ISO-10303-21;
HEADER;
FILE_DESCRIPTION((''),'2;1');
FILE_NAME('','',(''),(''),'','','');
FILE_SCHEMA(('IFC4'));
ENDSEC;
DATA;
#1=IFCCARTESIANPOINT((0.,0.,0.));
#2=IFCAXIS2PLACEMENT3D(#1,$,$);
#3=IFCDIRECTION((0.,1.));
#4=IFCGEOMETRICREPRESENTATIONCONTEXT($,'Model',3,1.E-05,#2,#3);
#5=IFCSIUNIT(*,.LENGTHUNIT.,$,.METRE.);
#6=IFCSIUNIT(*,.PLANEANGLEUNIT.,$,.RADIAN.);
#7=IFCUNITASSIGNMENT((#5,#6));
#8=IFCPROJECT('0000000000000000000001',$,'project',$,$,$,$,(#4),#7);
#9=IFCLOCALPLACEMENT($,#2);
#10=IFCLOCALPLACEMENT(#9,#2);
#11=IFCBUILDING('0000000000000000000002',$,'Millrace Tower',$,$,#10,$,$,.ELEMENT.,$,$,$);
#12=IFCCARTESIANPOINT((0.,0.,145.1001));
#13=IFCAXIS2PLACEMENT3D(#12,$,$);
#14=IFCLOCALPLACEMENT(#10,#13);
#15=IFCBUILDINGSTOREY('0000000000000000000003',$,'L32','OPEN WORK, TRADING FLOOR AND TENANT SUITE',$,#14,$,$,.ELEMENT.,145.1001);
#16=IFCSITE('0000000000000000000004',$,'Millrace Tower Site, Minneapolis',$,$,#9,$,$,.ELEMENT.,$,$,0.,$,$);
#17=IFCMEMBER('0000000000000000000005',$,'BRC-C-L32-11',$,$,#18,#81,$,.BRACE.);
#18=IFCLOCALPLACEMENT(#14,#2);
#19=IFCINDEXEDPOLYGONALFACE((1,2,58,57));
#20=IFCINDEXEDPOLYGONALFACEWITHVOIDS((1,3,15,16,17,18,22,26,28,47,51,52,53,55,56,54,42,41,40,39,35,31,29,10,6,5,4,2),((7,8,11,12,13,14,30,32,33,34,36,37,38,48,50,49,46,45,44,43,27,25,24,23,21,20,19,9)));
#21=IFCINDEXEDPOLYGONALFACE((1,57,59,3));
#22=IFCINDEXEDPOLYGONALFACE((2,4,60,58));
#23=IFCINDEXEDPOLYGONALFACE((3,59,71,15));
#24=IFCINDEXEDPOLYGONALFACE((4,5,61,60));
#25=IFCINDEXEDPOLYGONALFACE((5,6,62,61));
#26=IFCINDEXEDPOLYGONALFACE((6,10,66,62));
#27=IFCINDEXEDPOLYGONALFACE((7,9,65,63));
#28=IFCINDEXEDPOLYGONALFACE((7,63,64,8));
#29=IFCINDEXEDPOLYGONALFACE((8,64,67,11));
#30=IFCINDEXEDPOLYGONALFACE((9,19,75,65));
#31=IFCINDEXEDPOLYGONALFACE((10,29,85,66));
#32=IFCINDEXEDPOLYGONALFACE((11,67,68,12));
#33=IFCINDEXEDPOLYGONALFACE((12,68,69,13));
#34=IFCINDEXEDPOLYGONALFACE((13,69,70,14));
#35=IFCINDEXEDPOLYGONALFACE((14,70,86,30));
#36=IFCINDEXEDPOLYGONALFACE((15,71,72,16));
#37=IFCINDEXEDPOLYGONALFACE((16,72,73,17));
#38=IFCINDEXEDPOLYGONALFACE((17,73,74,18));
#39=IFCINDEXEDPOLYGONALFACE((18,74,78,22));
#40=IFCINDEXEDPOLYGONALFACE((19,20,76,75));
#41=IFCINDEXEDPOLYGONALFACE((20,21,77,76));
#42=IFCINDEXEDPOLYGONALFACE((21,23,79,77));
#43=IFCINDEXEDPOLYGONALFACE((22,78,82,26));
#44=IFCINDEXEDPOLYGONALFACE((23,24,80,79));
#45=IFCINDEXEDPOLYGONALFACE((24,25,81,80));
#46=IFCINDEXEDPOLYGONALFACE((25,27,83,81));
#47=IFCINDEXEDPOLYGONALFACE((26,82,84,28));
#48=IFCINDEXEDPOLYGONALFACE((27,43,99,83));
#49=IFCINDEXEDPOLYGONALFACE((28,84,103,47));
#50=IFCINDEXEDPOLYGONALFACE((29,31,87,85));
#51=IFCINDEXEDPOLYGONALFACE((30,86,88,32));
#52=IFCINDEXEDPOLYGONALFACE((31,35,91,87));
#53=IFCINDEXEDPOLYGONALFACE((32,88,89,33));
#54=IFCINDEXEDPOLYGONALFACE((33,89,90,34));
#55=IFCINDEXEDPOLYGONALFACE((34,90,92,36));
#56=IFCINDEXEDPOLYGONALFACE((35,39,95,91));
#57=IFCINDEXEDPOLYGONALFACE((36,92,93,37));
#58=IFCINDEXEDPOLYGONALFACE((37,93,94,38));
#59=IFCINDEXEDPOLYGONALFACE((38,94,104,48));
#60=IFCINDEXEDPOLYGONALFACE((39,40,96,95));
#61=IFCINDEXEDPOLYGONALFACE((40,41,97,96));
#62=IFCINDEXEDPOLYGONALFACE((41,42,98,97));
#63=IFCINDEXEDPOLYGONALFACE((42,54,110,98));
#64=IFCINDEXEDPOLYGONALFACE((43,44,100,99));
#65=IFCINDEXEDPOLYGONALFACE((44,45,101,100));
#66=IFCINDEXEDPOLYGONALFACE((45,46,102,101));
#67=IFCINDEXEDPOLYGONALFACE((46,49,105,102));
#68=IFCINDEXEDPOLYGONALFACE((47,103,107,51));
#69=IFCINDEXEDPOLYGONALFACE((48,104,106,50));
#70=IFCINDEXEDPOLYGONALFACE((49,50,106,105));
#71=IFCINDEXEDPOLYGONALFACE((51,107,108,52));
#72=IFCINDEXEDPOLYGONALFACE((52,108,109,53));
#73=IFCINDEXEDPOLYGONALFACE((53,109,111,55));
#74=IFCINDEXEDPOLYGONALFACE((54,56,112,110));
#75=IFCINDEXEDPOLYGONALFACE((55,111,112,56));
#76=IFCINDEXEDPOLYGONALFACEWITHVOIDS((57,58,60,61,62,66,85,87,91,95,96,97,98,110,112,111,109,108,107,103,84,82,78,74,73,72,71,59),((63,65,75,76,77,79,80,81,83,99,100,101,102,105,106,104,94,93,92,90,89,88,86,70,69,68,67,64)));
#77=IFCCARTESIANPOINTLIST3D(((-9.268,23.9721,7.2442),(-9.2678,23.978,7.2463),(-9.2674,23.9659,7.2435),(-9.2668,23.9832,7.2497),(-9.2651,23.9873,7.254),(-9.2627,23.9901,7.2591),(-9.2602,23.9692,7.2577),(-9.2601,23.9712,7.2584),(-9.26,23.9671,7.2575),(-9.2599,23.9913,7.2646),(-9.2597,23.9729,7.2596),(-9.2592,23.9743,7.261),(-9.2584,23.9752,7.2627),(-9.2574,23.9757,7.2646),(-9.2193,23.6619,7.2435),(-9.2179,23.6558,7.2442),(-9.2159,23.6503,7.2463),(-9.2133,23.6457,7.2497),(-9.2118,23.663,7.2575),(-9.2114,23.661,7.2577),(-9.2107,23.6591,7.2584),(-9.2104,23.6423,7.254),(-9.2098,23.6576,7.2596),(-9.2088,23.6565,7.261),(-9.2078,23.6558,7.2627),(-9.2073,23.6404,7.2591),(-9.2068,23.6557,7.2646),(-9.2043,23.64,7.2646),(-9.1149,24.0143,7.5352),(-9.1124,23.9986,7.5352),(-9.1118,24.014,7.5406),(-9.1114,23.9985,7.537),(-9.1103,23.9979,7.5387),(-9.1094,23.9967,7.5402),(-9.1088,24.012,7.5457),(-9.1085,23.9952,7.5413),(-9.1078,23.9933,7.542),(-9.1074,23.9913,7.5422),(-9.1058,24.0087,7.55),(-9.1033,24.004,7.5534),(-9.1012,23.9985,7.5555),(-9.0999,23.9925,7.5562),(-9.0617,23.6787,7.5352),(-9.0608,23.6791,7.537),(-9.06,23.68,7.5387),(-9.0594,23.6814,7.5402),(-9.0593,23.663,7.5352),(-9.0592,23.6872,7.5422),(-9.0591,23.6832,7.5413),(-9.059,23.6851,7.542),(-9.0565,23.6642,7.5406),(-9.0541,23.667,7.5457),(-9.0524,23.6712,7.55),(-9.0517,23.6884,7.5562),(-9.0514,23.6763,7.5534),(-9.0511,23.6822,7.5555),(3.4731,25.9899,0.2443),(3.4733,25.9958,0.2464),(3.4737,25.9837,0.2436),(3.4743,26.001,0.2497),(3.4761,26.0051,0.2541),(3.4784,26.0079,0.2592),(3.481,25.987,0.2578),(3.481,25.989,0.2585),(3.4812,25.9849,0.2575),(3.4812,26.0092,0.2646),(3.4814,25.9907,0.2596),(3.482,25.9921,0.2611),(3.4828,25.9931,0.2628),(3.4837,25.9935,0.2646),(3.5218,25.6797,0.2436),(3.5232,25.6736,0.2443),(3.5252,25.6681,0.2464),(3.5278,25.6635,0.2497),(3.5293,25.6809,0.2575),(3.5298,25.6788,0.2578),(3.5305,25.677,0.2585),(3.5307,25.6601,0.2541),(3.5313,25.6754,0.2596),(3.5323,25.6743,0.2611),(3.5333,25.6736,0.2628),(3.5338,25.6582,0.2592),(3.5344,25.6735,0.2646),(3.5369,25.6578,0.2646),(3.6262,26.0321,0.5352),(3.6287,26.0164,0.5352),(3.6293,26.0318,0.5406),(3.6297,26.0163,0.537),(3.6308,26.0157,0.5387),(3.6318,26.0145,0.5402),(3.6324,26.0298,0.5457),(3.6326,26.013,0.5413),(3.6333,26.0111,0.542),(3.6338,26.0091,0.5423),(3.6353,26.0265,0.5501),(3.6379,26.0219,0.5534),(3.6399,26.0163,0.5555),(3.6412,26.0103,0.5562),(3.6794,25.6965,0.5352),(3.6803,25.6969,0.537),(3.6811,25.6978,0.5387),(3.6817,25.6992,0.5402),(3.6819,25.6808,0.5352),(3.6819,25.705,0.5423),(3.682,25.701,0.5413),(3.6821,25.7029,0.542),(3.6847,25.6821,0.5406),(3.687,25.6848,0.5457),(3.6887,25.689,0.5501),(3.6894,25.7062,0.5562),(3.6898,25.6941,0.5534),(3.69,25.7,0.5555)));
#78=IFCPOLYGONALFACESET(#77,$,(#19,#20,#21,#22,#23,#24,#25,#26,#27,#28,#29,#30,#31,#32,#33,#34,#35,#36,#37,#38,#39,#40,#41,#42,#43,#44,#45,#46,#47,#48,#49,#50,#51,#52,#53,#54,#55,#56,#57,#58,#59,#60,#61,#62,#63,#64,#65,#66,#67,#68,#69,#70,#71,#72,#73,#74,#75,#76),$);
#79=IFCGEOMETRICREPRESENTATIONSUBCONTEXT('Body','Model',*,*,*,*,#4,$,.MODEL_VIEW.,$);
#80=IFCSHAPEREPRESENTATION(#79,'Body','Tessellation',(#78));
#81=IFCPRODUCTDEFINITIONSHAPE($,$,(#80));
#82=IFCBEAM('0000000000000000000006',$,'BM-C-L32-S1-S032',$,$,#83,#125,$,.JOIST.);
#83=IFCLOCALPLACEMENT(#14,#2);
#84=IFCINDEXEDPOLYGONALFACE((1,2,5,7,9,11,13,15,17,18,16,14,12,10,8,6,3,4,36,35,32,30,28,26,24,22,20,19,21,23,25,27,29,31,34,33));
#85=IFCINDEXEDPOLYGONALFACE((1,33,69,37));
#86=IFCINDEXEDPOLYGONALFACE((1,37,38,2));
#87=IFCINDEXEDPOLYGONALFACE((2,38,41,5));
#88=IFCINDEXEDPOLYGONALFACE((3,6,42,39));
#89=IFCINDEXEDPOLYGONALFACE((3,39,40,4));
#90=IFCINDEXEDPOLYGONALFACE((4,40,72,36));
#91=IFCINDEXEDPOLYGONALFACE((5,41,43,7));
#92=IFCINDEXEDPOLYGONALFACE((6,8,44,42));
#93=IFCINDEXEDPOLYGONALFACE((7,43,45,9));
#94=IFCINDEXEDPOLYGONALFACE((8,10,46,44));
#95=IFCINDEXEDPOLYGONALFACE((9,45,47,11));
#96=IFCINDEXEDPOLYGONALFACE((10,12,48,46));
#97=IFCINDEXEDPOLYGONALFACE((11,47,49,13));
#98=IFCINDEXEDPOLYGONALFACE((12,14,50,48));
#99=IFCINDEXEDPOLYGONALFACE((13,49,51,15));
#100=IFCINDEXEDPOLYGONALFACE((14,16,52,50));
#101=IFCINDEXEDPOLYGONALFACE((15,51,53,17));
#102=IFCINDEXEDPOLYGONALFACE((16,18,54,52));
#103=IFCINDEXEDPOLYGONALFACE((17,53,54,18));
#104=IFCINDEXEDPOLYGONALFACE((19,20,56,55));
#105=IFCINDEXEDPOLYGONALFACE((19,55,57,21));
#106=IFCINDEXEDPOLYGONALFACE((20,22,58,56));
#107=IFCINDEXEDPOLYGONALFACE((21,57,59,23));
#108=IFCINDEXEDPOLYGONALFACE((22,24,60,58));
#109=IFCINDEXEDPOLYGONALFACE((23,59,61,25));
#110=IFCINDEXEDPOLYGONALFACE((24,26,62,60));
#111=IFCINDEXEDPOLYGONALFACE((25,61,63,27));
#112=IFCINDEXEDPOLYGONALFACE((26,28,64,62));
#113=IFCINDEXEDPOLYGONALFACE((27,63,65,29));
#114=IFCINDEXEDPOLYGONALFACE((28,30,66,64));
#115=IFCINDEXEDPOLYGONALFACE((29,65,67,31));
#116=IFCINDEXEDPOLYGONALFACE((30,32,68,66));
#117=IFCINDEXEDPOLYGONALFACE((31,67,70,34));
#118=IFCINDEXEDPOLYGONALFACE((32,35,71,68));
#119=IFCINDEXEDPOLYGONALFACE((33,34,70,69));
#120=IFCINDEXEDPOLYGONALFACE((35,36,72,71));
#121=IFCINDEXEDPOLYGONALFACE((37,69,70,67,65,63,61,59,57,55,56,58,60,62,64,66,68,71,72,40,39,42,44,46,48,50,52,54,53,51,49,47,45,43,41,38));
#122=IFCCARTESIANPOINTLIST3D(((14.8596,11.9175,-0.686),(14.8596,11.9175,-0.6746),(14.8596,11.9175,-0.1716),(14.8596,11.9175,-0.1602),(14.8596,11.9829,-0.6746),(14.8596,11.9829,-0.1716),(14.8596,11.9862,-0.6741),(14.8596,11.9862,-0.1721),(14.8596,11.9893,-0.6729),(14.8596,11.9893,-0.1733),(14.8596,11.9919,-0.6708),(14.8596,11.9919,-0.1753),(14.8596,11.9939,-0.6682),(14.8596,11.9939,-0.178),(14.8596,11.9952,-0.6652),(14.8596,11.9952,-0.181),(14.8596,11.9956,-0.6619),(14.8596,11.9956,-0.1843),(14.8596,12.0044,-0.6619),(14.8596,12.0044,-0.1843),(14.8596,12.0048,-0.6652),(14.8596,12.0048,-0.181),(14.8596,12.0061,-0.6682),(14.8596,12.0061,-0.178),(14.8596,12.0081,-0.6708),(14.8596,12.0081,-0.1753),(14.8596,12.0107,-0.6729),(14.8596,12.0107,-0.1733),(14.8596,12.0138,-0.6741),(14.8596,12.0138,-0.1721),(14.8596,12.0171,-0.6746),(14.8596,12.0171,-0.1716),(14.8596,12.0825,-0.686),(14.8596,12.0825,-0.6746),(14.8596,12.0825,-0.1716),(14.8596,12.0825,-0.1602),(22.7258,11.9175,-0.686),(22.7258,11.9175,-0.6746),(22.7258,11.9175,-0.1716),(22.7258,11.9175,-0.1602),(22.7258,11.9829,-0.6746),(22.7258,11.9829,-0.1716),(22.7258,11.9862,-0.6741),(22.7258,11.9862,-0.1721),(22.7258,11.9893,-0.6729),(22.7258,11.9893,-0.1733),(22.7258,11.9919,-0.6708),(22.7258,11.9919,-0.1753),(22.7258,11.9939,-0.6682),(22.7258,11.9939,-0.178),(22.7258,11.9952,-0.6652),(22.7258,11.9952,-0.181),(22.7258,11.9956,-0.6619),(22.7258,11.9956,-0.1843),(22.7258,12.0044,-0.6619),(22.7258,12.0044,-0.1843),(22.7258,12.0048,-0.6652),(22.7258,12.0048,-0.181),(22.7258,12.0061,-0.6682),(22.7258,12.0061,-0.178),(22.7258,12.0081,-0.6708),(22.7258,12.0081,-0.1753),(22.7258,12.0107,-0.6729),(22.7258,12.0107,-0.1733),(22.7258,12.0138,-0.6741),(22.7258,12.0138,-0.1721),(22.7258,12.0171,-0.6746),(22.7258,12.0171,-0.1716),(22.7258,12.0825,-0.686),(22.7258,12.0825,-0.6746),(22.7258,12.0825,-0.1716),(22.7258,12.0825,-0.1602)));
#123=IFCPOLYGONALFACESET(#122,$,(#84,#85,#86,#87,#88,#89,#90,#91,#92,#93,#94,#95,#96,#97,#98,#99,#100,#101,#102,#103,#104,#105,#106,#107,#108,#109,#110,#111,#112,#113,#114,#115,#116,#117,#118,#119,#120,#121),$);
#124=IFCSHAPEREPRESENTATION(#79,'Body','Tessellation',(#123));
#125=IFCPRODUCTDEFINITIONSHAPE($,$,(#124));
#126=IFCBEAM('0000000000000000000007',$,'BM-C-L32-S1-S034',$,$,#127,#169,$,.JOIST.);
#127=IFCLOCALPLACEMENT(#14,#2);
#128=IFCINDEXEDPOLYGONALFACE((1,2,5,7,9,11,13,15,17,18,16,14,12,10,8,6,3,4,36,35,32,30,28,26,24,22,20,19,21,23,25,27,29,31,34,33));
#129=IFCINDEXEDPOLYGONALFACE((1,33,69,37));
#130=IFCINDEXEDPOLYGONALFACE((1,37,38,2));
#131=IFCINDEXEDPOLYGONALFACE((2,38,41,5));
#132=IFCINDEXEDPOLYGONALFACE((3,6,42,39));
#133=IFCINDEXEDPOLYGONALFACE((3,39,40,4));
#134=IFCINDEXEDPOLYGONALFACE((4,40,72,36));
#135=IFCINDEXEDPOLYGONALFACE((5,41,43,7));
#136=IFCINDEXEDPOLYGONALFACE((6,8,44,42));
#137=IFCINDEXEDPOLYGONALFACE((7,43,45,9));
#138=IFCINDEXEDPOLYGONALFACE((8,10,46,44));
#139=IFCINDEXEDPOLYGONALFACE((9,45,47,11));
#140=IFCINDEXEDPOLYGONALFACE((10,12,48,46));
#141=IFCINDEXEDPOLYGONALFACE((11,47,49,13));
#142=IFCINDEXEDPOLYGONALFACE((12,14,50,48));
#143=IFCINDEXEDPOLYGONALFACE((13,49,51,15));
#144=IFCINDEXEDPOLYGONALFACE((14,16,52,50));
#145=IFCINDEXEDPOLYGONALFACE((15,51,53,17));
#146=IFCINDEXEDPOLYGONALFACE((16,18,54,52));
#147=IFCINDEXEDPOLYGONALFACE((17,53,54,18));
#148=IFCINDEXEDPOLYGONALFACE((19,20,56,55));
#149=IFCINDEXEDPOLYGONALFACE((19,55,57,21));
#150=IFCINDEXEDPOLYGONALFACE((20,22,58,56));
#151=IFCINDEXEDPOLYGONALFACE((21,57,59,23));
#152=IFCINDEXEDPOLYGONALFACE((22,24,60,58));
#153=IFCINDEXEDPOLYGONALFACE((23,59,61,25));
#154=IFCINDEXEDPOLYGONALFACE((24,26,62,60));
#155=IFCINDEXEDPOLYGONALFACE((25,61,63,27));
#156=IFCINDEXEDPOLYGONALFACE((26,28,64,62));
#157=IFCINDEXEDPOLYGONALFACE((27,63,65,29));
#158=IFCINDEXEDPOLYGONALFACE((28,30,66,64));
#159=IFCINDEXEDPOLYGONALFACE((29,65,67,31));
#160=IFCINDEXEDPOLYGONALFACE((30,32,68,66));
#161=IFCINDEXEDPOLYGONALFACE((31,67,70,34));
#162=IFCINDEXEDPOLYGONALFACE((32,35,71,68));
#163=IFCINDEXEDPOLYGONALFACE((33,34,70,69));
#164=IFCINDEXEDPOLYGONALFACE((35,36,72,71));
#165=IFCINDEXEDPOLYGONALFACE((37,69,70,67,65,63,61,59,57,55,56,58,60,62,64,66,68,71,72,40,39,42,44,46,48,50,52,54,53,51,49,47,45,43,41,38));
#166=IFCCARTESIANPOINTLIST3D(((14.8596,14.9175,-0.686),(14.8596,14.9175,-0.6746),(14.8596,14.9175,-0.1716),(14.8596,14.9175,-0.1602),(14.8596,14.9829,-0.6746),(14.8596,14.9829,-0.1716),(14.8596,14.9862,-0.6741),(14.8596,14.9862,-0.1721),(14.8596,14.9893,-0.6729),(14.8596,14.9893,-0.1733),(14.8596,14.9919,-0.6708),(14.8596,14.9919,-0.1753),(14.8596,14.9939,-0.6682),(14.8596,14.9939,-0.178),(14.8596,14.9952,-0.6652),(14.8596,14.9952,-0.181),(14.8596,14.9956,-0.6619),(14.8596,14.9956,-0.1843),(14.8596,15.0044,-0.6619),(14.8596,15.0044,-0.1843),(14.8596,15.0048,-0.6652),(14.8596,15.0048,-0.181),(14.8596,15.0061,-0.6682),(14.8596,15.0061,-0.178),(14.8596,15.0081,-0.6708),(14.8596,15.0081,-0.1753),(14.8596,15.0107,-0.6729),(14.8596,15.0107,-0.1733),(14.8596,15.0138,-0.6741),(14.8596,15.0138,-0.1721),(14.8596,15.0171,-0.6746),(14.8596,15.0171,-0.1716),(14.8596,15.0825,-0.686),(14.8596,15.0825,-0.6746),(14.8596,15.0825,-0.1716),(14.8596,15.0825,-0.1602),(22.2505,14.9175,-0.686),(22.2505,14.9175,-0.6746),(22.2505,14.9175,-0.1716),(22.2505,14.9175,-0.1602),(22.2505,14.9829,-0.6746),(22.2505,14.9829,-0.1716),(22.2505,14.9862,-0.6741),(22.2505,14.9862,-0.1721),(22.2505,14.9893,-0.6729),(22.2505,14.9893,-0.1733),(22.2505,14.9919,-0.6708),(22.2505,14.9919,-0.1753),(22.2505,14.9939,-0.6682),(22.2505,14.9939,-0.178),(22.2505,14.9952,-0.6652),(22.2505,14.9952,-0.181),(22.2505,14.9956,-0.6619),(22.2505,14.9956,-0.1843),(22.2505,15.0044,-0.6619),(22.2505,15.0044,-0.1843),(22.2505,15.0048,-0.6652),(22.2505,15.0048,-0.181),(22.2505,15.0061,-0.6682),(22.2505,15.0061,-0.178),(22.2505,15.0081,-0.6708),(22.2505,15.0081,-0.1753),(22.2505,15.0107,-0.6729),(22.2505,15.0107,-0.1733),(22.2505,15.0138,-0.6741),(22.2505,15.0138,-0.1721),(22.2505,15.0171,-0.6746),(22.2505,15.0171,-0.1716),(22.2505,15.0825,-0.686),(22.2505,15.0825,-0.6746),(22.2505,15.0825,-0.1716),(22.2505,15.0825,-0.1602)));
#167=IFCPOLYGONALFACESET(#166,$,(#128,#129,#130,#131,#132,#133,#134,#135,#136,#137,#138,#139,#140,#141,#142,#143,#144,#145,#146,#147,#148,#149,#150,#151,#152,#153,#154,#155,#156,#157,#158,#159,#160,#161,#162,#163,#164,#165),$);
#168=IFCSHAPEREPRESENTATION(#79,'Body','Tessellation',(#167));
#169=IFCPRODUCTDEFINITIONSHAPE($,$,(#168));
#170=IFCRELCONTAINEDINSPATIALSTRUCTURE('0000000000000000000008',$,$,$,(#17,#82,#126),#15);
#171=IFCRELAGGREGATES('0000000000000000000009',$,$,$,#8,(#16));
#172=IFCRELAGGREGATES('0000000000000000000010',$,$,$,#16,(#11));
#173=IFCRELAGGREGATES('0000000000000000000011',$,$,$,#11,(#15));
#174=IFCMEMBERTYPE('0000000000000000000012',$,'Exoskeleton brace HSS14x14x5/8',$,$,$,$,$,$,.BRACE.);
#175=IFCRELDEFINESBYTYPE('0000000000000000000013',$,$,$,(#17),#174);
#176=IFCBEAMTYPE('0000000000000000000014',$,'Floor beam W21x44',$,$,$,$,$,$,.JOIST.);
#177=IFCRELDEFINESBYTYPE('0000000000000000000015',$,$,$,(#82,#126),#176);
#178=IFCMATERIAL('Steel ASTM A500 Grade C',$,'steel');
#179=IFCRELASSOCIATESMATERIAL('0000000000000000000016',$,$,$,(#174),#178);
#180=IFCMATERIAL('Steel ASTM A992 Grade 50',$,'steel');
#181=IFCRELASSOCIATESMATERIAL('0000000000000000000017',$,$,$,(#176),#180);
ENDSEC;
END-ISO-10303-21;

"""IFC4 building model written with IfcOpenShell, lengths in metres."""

from ifc_helpers import new_model, si_unit, direction, frame, origin, origin_2d, place, context, subcontext, project, spatial, hollow_rectangle, i_section, extrude, material, material_profile, profile_set, type_object, element, save


model = new_model("IFC4")

# Units and contexts
model_context = context("Model", 3, precision=1e-05, world=origin(), true_north=direction((0.0, 1.0)))
body_context = subcontext(model_context, "Body", "Model", "MODEL_VIEW")
ifc_project = project(units=[si_unit("LENGTHUNIT", "METRE"), si_unit("PLANEANGLEUNIT", "RADIAN")], contexts=[model_context])

# Site, building, storey
site_placement = place(None, origin())
site = spatial("IfcSite", under=ifc_project, at=site_placement, Name="Millrace Tower Site, Minneapolis", CompositionType="ELEMENT", RefElevation=0.0)
building_placement = place(site_placement, origin())
building = spatial("IfcBuilding", under=site, at=building_placement, Name="Millrace Tower", CompositionType="ELEMENT")
storey_placement = place(building_placement, frame((0.0, 0.0, 145.1001)))
storey = spatial("IfcBuildingStorey", under=building, at=storey_placement, Name="L32", Description="OPEN WORK, TRADING FLOOR AND TENANT SUITE", CompositionType="ELEMENT", Elevation=145.1001)

# Member
ifc_material_1 = material(Name="Steel ASTM A500 Grade C", Category="steel")
ifc_material_profile_1 = material_profile(ifc_material_1, hollow_rectangle(XDim=0.3557, YDim=0.3557, WallThickness=0.0159, InnerFilletRadius=0.0081, OuterFilletRadius=0.0239, at=origin_2d()))
ifc_profile_set_1 = profile_set([ifc_material_profile_1], Name="Steel ASTM A500 Grade C")
member_type_1 = type_object("IfcMemberType", Name="Exoskeleton brace HSS14x14x5/8", PredefinedType="BRACE", material=ifc_profile_set_1)
member_1_placement = place(storey_placement, frame((3.5815, 25.845, 0.3999), z_axis=(-0.868116, -0.137483, 0.476941), x_axis=(0.15642, -0.987691, 0.0)))
element("IfcMember", 1, at=member_1_placement, inside=storey, type_object=member_type_1, Name="BRC-C-L32-11", PredefinedType="BRACE", context=body_context, shape_type="SweptSolid", body=[
    extrude(hollow_rectangle(XDim=0.3557, YDim=0.3557, WallThickness=0.0159, InnerFilletRadius=0.0081, OuterFilletRadius=0.0239, at=origin_2d()), origin(), (0.0, 0.0, 1.0), 14.6768),
])

# Beams
ifc_material_2 = material(Name="Steel ASTM A992 Grade 50", Category="steel")
ifc_material_profile_2 = material_profile(ifc_material_2, i_section(OverallWidth=0.165, OverallDepth=0.5259, WebThickness=0.0088, FlangeThickness=0.0115, FilletRadius=0.0127, at=origin_2d()))
ifc_profile_set_2 = profile_set([ifc_material_profile_2], Name="Steel ASTM A992 Grade 50")
beam_type_1 = type_object("IfcBeamType", Name="Floor beam W21x44", PredefinedType="JOIST", material=ifc_profile_set_2)
beam_1_placement = place(storey_placement, frame((14.8596, 12.0, -0.4231), z_axis=(1.0, 0.0, 0.0), x_axis=(0.0, 1.0, 0.0)))
element("IfcBeam", 2, at=beam_1_placement, inside=storey, type_object=beam_type_1, Name="BM-C-L32-S1-S032", PredefinedType="JOIST", context=body_context, shape_type="SweptSolid", body=[
    extrude(i_section(OverallWidth=0.165, OverallDepth=0.5259, WebThickness=0.0088, FlangeThickness=0.0115, FilletRadius=0.0127, at=origin_2d()), origin(), (0.0, 0.0, 1.0), 7.8662),
])
beam_2_placement = place(storey_placement, frame((14.8596, 15.0, -0.4231), z_axis=(1.0, 0.0, 0.0), x_axis=(0.0, 1.0, 0.0)))
element("IfcBeam", 3, at=beam_2_placement, inside=storey, type_object=beam_type_1, Name="BM-C-L32-S1-S034", PredefinedType="JOIST", context=body_context, shape_type="SweptSolid", body=[
    extrude(i_section(OverallWidth=0.165, OverallDepth=0.5259, WebThickness=0.0088, FlangeThickness=0.0115, FilletRadius=0.0127, at=origin_2d()), origin(), (0.0, 0.0, 1.0), 7.3909),
])

save(model, "model.ifc")
